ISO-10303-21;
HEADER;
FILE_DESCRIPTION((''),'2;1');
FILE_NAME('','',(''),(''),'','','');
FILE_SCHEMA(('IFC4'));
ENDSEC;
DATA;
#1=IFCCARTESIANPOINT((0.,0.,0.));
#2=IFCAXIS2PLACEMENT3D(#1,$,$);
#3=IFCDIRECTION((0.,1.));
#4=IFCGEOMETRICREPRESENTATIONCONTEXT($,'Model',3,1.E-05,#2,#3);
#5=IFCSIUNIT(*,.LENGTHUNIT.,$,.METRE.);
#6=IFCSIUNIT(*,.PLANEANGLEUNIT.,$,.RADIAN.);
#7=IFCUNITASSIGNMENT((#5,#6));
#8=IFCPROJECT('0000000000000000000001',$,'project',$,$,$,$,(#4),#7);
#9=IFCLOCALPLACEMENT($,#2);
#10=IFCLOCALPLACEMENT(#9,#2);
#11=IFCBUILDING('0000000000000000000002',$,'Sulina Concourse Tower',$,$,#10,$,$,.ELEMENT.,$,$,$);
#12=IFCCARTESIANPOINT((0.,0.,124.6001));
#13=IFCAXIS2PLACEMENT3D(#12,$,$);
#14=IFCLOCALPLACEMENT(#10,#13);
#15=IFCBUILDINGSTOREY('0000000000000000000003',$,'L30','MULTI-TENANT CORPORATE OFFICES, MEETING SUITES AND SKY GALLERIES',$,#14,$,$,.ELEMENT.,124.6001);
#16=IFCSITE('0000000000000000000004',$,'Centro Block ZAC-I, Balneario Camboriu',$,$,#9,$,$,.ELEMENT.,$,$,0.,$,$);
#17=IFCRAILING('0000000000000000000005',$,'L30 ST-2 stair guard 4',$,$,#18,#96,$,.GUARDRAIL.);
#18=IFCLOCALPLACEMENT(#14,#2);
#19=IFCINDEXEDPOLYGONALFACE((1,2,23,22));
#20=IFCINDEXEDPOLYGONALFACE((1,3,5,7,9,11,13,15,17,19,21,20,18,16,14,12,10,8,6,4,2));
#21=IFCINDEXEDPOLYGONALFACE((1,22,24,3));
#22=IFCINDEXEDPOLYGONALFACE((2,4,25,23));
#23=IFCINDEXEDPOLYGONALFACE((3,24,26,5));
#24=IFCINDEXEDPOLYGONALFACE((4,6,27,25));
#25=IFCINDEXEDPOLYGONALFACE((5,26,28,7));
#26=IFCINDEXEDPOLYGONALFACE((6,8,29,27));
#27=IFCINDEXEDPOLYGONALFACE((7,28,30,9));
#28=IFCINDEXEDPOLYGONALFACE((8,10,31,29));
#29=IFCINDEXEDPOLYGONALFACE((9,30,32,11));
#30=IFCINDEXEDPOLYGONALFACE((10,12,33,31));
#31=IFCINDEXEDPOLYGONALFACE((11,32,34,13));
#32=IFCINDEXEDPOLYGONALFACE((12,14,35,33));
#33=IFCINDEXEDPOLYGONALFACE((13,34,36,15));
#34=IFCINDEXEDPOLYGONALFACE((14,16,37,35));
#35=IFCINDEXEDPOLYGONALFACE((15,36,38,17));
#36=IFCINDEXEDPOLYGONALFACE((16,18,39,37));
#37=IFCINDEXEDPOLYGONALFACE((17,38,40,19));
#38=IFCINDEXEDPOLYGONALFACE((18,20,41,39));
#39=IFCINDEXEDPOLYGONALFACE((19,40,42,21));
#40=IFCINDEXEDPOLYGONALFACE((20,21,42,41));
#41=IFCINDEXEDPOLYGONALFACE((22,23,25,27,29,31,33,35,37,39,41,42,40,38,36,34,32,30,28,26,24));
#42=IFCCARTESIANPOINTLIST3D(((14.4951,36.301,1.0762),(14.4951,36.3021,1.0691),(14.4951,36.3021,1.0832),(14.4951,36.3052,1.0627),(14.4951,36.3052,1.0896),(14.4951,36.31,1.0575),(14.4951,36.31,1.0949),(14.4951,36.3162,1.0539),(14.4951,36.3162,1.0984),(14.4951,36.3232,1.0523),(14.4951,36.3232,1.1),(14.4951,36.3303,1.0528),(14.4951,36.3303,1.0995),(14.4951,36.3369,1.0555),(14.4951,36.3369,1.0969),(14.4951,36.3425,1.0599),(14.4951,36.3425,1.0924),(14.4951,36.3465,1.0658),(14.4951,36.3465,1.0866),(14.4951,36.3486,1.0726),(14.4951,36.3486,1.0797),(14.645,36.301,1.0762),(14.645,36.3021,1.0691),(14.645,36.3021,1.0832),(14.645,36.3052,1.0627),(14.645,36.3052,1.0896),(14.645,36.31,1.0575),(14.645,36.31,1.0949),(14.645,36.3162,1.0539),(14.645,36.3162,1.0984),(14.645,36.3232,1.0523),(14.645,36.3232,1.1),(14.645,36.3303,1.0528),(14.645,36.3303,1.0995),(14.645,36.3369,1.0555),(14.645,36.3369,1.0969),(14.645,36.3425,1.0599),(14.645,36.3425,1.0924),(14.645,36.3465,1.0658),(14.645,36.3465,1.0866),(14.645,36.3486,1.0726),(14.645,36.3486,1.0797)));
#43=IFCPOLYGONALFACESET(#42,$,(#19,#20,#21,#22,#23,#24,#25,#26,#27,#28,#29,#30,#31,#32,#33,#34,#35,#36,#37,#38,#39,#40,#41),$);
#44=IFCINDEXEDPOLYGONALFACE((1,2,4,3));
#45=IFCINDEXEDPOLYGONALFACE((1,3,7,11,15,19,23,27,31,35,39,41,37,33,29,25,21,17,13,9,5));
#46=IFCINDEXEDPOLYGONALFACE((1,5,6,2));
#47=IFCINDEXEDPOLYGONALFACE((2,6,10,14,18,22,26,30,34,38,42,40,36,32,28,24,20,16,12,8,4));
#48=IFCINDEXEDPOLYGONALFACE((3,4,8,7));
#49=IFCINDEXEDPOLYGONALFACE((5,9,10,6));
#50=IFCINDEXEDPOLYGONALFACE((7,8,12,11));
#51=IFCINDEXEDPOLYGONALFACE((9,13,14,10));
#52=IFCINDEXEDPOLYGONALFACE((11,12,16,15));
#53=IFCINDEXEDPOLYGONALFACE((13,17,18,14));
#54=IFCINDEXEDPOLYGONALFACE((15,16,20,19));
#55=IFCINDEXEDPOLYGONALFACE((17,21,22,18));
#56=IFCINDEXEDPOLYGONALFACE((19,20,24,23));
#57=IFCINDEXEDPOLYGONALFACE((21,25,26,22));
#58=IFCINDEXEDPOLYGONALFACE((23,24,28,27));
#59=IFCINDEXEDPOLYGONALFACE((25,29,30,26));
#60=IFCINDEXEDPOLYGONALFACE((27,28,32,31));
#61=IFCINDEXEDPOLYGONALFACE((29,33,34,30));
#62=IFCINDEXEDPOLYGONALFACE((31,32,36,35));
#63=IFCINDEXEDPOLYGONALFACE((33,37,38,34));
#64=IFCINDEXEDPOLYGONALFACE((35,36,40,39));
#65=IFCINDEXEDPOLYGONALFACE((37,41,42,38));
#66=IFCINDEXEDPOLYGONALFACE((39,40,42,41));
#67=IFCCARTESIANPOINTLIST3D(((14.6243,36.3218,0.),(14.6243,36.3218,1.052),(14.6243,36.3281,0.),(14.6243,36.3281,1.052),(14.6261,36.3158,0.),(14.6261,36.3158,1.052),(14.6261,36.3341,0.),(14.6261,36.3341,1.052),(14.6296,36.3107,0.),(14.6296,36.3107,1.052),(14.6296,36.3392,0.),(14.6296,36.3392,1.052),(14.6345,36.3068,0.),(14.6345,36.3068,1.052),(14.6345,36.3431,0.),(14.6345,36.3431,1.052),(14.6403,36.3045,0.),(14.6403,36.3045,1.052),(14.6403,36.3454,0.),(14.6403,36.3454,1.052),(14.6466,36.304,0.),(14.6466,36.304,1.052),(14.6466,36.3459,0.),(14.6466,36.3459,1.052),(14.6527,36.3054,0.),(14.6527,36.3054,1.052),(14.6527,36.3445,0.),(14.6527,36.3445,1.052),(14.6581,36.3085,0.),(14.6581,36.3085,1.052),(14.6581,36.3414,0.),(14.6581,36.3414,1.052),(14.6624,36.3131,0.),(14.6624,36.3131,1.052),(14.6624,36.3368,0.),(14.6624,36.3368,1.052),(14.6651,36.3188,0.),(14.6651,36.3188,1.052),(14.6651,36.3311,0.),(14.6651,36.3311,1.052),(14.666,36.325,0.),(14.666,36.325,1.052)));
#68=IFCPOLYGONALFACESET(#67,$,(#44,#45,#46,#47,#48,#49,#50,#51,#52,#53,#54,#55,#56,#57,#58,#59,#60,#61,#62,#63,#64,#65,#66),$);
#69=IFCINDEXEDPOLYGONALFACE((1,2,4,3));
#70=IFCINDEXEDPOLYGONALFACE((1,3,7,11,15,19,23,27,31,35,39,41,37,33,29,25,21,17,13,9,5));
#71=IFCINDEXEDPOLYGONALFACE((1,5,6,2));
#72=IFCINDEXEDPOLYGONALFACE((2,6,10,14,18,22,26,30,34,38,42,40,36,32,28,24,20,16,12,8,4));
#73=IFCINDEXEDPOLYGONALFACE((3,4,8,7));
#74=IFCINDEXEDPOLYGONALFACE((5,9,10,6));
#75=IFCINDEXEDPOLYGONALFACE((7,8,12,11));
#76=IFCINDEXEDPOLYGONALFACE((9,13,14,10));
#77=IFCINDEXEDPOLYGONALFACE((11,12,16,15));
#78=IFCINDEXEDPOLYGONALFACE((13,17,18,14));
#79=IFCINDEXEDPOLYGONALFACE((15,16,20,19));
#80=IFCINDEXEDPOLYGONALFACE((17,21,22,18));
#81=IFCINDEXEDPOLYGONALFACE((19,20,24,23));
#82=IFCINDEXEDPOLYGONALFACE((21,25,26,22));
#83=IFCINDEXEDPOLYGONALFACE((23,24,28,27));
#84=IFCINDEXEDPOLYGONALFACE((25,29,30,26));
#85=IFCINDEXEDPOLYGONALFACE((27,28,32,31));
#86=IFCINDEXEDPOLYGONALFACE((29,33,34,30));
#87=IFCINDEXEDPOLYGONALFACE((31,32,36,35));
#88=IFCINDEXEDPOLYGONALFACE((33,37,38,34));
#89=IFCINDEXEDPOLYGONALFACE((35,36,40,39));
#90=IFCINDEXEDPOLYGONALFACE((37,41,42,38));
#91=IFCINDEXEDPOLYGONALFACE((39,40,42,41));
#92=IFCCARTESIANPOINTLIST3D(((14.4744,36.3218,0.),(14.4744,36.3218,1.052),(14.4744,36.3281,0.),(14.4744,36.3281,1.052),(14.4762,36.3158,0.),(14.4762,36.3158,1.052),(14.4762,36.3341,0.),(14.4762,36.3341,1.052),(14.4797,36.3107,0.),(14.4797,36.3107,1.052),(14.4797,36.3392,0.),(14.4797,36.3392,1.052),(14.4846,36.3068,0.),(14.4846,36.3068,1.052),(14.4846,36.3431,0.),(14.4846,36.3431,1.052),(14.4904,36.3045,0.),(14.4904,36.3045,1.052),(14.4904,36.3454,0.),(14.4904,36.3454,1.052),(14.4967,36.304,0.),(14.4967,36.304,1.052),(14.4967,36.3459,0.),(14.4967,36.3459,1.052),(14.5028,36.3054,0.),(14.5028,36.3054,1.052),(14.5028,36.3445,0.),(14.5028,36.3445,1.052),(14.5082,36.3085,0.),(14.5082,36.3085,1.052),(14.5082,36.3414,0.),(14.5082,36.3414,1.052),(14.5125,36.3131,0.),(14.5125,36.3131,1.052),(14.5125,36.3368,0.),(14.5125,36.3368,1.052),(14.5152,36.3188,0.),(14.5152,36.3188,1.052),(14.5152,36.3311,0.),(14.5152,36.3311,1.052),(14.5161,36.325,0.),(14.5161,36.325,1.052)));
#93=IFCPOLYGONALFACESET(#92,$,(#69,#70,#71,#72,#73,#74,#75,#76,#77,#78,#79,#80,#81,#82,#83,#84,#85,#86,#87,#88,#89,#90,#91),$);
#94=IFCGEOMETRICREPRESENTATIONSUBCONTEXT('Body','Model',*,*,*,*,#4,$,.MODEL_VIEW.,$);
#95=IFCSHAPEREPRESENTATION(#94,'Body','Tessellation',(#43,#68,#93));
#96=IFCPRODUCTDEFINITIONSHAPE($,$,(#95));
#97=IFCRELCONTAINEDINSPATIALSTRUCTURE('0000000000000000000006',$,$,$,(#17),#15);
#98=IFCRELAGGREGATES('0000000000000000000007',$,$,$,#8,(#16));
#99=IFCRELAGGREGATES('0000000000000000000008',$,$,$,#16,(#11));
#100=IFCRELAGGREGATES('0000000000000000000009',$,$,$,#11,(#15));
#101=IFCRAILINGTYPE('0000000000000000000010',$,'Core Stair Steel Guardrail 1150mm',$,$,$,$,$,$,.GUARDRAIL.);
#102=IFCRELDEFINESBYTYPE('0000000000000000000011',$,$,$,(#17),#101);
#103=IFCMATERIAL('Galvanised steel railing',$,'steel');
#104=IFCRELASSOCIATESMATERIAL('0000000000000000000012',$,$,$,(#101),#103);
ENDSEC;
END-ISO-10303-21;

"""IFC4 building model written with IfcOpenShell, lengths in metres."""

from ifc_helpers import new_model, si_unit, direction, frame, origin, origin_2d, place, context, subcontext, project, spatial, circle, extrude, material, type_object, element, save


model = new_model("IFC4")

# Units and contexts
model_context = context("Model", 3, precision=1e-05, world=origin(), true_north=direction((0.0, 1.0)))
body_context = subcontext(model_context, "Body", "Model", "MODEL_VIEW")
ifc_project = project(units=[si_unit("LENGTHUNIT", "METRE"), si_unit("PLANEANGLEUNIT", "RADIAN")], contexts=[model_context])

# Site, building, storey
site_placement = place(None, origin())
site = spatial("IfcSite", under=ifc_project, at=site_placement, Name="Centro Block ZAC-I, Balneario Camboriu", CompositionType="ELEMENT", RefElevation=0.0)
building_placement = place(site_placement, origin())
building = spatial("IfcBuilding", under=site, at=building_placement, Name="Sulina Concourse Tower", CompositionType="ELEMENT")
storey_placement = place(building_placement, frame((0.0, 0.0, 124.6001)))
storey = spatial("IfcBuildingStorey", under=building, at=storey_placement, Name="L30", Description="MULTI-TENANT CORPORATE OFFICES, MEETING SUITES AND SKY GALLERIES", CompositionType="ELEMENT", Elevation=124.6001)

# Railing
ifc_material_1 = material(Name="Galvanised steel railing", Category="steel")
railing_type_1 = type_object("IfcRailingType", Name="Core Stair Steel Guardrail 1150mm", PredefinedType="GUARDRAIL", material=ifc_material_1)
railing_1_placement = place(storey_placement, frame((14.645, 36.325, 0.0)))
element("IfcRailing", 1, at=railing_1_placement, inside=storey, type_object=railing_type_1, Name="L30 ST-2 stair guard 4", PredefinedType="GUARDRAIL", context=body_context, shape_type="SweptSolid", body=[
    extrude(circle(Radius=0.0239, at=origin_2d()), frame((0.0, 0.0, 1.0762), z_axis=(-1.0, 0.0, 0.0), x_axis=(0.0, -1.0, 0.0)), (0.0, 0.0, 1.0), 0.1499),
    extrude(circle(Radius=0.021, at=origin_2d()), origin(), (0.0, 0.0, 1.0), 1.052),
    extrude(circle(Radius=0.021, at=origin_2d()), frame((-0.1499, 0.0, 0.0)), (0.0, 0.0, 1.0), 1.052),
])

save(model, "model.ifc")
